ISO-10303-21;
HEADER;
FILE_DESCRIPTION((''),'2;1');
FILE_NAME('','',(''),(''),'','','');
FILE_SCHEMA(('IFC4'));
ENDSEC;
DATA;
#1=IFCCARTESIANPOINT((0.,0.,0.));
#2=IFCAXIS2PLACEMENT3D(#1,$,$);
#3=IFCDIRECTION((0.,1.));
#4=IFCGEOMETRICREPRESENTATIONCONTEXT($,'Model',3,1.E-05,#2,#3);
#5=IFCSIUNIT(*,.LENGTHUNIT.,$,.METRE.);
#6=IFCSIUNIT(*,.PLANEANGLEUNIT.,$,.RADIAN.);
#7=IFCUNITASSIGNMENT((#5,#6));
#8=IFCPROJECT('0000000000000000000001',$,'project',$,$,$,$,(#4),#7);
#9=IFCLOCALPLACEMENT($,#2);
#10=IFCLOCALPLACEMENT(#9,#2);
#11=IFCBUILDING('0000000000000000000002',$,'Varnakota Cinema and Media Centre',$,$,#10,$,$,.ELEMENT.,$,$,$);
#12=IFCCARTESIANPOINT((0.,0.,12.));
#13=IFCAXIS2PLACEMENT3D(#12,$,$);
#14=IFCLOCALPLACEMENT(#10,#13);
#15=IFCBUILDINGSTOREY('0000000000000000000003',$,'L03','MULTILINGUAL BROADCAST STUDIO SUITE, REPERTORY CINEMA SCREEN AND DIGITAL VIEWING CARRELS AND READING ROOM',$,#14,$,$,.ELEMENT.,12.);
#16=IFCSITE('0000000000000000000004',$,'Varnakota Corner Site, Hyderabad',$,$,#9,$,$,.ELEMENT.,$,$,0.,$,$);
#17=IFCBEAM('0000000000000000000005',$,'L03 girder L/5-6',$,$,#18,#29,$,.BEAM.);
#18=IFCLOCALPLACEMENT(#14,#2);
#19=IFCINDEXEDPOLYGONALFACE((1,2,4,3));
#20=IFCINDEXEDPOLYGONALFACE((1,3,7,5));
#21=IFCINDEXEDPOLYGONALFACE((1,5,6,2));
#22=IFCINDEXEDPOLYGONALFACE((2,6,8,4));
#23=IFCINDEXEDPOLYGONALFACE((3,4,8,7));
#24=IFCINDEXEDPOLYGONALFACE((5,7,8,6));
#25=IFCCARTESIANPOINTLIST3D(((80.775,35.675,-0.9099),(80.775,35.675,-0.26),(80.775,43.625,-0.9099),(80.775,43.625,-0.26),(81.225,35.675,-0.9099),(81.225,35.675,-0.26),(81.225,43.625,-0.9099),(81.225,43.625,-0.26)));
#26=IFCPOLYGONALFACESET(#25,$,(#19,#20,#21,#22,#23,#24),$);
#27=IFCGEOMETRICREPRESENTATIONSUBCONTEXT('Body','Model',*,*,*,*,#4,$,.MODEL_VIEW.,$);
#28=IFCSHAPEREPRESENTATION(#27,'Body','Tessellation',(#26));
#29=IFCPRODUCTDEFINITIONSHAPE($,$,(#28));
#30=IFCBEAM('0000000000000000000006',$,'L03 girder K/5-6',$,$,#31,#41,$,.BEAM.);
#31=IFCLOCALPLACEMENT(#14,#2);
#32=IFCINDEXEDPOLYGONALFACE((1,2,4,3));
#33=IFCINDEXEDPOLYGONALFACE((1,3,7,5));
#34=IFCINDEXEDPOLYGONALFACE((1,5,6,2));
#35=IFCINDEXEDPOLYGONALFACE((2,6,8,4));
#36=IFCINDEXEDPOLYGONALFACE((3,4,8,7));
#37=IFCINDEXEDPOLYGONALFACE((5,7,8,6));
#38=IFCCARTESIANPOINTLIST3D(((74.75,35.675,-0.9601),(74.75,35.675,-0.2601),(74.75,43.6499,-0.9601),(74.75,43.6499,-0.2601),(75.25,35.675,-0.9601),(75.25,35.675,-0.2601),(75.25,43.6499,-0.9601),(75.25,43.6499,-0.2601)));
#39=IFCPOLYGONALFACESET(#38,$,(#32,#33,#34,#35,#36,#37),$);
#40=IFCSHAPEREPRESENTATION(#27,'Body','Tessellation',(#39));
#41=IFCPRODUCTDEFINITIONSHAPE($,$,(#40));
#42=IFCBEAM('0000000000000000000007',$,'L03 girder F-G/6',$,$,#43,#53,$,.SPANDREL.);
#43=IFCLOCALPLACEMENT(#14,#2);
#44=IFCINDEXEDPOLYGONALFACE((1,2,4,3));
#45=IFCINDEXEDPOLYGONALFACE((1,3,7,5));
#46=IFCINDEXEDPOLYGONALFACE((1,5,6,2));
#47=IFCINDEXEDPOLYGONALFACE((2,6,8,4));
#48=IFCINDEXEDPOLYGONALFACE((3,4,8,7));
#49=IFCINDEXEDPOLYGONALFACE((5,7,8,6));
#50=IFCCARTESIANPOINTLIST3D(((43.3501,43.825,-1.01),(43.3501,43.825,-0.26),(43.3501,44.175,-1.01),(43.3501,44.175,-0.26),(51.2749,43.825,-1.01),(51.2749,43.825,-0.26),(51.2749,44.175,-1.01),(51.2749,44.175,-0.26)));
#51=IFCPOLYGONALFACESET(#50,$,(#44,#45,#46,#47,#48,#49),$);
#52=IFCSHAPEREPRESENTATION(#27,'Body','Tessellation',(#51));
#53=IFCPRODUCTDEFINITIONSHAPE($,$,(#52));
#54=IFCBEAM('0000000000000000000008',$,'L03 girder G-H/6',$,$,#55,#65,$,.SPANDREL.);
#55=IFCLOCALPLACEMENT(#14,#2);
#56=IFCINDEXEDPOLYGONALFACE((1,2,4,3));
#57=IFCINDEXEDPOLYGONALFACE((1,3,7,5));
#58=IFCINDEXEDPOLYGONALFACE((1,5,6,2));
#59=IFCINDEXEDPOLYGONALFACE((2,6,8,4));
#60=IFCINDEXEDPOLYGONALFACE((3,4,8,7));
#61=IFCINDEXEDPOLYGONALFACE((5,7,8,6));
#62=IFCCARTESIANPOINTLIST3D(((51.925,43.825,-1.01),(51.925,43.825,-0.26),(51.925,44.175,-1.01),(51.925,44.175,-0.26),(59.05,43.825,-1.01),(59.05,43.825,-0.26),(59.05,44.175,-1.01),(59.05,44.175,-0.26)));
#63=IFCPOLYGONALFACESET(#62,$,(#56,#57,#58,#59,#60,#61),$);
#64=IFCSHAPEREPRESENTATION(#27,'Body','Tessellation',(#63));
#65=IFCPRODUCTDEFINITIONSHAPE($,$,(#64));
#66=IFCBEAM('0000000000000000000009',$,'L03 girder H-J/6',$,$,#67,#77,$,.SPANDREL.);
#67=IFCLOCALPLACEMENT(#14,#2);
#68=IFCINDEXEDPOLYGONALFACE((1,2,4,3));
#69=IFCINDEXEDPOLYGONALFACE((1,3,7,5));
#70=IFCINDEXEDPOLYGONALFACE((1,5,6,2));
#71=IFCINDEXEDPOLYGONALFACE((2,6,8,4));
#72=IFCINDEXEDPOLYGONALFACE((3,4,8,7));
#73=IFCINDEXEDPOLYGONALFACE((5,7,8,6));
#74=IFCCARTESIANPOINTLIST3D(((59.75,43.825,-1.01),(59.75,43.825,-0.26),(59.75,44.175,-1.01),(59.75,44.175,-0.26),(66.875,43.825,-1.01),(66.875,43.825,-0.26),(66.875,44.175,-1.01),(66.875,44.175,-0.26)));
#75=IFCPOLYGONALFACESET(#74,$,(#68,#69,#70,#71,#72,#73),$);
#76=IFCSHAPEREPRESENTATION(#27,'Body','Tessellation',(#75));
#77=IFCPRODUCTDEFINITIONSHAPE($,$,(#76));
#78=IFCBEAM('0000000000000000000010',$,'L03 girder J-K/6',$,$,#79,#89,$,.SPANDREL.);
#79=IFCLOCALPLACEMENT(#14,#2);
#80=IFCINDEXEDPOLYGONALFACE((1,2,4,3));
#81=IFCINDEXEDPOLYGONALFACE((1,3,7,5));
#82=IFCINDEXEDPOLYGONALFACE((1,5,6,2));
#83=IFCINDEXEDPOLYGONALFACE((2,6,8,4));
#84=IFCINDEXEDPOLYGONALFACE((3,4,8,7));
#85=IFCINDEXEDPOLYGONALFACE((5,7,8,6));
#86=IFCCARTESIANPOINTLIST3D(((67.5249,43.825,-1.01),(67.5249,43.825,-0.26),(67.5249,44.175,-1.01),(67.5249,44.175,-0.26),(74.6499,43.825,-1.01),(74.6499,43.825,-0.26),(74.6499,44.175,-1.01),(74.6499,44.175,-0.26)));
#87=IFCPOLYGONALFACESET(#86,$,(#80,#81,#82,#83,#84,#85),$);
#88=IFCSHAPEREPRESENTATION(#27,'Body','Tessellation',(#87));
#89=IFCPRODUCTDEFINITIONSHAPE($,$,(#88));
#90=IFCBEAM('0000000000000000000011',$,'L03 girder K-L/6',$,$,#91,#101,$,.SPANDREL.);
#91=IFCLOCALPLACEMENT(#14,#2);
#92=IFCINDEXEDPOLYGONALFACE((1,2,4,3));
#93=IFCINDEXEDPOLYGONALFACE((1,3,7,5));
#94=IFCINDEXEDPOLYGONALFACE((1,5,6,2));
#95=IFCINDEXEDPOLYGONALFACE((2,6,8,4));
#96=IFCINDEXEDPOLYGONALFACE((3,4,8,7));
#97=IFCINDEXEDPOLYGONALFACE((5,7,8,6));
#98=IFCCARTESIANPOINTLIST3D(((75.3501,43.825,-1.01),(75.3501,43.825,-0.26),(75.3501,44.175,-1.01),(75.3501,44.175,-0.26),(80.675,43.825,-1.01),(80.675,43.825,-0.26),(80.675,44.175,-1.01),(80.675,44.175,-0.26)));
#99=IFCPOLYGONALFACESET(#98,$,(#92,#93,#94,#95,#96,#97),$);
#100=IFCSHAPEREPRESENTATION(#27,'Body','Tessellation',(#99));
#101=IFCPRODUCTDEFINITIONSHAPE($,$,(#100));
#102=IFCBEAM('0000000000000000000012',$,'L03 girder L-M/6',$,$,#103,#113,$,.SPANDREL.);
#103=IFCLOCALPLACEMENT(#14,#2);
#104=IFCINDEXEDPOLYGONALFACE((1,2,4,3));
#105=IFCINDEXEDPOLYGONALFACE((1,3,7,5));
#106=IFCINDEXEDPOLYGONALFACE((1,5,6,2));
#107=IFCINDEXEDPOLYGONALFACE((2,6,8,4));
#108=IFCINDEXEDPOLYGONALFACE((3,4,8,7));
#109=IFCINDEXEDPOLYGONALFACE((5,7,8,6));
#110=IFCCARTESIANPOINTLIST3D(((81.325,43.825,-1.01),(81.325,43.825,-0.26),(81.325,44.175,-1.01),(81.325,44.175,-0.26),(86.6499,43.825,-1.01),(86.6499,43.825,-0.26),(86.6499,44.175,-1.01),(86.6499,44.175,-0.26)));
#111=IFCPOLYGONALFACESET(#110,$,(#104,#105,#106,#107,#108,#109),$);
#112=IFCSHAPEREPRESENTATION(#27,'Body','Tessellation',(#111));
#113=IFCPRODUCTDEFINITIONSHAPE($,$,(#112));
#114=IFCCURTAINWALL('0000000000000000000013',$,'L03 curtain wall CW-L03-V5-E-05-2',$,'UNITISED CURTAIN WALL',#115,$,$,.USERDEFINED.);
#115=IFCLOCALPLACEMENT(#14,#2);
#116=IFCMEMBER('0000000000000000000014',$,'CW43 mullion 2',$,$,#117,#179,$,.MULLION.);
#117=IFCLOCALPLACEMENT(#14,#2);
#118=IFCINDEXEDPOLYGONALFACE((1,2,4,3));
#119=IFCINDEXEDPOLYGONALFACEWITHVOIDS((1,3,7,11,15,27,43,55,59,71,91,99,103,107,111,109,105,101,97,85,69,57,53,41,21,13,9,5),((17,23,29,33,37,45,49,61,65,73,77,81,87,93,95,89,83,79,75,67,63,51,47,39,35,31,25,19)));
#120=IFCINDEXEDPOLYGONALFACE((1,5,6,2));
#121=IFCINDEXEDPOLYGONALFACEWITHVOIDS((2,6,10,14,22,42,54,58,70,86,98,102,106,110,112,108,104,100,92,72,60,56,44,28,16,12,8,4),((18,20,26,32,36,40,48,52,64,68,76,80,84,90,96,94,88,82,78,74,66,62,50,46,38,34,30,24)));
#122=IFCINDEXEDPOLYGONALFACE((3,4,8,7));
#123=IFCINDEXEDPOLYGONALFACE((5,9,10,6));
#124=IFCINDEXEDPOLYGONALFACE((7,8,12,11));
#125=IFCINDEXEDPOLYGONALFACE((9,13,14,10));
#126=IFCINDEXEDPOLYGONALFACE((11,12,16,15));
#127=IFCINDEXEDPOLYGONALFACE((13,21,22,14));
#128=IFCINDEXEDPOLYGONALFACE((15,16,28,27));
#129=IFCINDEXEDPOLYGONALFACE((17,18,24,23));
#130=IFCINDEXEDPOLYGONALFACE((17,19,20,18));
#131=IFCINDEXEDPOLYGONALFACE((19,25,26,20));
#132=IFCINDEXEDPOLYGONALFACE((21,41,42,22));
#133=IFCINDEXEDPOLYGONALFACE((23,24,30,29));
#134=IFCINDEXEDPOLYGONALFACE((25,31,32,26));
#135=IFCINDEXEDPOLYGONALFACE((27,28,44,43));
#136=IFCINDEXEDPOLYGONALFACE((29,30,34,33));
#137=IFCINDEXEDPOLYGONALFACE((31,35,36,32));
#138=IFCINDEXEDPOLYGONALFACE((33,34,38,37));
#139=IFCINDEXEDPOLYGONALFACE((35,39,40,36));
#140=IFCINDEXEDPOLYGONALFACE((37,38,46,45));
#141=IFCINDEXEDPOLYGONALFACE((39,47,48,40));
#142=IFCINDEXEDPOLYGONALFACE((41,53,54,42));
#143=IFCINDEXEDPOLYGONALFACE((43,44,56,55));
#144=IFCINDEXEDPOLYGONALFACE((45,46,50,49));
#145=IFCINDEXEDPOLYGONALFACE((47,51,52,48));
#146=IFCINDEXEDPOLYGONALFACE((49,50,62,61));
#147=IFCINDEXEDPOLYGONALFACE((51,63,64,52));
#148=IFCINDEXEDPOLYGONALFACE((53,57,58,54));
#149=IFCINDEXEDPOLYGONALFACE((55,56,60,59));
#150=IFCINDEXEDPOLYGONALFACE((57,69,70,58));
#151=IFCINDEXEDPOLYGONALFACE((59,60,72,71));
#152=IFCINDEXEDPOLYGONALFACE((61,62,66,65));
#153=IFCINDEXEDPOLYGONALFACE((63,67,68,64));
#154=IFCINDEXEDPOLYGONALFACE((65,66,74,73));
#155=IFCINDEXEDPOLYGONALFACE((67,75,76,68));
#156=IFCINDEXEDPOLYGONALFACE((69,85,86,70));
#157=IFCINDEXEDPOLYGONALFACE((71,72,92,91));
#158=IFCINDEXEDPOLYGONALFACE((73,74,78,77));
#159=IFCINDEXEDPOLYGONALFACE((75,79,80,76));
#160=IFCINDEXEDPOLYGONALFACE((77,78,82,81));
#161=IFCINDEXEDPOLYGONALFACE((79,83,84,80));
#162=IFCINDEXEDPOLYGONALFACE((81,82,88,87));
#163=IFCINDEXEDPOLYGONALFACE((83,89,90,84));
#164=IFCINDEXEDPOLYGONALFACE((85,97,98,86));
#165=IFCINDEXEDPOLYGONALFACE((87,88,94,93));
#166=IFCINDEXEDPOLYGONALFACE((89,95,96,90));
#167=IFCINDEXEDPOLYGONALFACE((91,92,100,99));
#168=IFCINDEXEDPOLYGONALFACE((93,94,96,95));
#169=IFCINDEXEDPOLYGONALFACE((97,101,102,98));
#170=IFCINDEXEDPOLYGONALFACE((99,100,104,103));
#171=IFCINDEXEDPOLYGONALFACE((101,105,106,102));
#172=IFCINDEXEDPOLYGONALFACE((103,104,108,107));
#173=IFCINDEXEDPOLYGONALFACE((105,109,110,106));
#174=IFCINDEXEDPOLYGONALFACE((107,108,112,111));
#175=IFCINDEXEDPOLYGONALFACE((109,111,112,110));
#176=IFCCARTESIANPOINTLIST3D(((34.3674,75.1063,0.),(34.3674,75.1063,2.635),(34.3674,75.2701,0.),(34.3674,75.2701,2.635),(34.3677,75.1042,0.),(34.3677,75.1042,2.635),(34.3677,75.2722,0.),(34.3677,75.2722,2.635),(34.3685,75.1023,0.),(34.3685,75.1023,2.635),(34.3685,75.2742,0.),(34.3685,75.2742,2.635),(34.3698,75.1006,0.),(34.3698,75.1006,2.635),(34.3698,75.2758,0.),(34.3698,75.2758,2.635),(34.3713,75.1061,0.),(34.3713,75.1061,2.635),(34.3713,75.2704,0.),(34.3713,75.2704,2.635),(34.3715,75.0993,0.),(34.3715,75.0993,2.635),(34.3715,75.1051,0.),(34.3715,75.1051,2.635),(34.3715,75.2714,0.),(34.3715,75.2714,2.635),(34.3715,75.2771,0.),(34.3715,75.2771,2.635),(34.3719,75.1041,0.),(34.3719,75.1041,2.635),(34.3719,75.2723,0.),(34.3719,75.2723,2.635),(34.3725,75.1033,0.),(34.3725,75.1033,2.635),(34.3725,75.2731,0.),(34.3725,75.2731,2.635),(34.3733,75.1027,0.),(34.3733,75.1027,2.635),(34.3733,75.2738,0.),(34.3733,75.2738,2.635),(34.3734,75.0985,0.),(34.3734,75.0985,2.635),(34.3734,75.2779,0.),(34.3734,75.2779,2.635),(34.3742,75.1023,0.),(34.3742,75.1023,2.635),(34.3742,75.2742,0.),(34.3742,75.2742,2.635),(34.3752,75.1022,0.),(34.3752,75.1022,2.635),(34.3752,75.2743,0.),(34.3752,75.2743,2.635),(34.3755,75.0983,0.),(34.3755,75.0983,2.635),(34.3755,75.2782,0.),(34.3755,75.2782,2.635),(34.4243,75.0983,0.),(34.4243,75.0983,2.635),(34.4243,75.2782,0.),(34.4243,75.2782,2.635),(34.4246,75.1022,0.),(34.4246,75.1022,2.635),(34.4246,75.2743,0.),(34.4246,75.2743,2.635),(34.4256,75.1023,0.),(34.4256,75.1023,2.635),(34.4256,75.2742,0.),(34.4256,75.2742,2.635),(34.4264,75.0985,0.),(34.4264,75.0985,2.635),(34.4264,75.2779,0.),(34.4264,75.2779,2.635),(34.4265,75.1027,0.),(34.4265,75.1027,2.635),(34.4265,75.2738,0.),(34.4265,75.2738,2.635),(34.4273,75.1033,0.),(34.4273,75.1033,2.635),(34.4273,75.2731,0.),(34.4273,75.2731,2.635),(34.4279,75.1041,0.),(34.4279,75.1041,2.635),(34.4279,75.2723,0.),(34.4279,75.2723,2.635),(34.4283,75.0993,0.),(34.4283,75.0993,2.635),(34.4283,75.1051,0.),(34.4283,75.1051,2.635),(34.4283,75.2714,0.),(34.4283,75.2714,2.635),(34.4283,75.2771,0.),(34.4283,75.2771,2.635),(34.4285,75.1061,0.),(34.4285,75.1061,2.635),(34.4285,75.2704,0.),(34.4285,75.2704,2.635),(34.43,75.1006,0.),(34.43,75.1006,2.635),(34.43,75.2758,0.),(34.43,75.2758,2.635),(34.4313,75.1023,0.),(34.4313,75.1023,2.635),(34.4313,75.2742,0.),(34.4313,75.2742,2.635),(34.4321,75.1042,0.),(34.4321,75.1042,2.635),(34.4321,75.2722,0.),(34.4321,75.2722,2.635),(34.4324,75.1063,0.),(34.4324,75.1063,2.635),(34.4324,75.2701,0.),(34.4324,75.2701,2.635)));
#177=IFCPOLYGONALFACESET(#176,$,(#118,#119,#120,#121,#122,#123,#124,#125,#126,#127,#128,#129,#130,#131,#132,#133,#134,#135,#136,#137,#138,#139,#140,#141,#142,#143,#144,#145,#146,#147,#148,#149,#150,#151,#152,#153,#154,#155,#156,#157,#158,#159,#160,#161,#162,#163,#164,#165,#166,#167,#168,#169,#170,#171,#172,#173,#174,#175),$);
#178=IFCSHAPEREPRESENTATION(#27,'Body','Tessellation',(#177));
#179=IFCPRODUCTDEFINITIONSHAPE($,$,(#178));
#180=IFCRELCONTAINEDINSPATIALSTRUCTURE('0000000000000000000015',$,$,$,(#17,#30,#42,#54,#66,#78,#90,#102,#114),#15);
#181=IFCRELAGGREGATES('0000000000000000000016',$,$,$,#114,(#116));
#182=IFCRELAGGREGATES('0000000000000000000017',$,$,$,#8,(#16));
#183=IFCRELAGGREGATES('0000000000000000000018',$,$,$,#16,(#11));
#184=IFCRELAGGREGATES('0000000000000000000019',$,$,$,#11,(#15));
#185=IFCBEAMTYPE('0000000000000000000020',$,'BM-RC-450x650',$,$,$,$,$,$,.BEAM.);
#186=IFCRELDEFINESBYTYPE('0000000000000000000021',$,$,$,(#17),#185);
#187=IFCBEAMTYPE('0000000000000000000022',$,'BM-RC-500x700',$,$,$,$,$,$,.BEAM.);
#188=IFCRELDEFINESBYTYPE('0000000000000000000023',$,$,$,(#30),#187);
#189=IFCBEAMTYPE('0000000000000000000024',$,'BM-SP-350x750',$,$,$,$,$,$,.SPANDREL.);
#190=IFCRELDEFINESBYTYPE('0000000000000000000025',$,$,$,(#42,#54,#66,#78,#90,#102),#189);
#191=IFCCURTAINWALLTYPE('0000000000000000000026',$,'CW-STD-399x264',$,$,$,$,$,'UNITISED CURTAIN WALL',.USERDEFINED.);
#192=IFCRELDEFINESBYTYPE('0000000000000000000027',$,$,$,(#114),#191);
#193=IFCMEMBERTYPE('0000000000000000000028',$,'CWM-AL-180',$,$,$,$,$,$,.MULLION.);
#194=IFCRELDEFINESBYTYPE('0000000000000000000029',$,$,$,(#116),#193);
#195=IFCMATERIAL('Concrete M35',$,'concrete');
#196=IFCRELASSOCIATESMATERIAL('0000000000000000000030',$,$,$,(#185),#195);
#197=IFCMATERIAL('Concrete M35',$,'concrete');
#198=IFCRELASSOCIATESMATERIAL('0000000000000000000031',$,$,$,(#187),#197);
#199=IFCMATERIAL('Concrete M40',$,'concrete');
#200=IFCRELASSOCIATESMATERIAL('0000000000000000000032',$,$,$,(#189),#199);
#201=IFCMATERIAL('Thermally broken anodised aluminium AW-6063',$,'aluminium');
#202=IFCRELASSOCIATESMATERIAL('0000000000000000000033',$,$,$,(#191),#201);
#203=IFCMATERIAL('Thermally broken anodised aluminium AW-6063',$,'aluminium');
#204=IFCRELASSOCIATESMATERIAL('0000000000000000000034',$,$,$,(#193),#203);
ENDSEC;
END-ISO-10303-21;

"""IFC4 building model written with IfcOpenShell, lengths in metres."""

from ifc_helpers import new_model, si_unit, direction, frame, origin, origin_2d, place, context, subcontext, project, spatial, rectangle, hollow_rectangle, extrude, material, material_profile, profile_set, type_object, element, aggregate, save


model = new_model("IFC4")

# Units and contexts
model_context = context("Model", 3, precision=1e-05, world=origin(), true_north=direction((0.0, 1.0)))
body_context = subcontext(model_context, "Body", "Model", "MODEL_VIEW")
ifc_project = project(units=[si_unit("LENGTHUNIT", "METRE"), si_unit("PLANEANGLEUNIT", "RADIAN")], contexts=[model_context])

# Site, building, storey
site_placement = place(None, origin())
site = spatial("IfcSite", under=ifc_project, at=site_placement, Name="Varnakota Corner Site, Hyderabad", CompositionType="ELEMENT", RefElevation=0.0)
building_placement = place(site_placement, origin())
building = spatial("IfcBuilding", under=site, at=building_placement, Name="Varnakota Cinema and Media Centre", CompositionType="ELEMENT")
storey_placement = place(building_placement, frame((0.0, 0.0, 12.0)))
storey = spatial("IfcBuildingStorey", under=building, at=storey_placement, Name="L03", Description="MULTILINGUAL BROADCAST STUDIO SUITE, REPERTORY CINEMA SCREEN AND DIGITAL VIEWING CARRELS AND READING ROOM", CompositionType="ELEMENT", Elevation=12.0)

# Beams
ifc_material_1 = material(Name="Concrete M35", Category="concrete")
ifc_material_profile_1 = material_profile(ifc_material_1, rectangle(XDim=0.45, YDim=0.6499, at=origin_2d()), Name="RCB 450x650")
ifc_profile_set_1 = profile_set([ifc_material_profile_1], Name="Concrete M35")
beam_type_1 = type_object("IfcBeamType", Name="BM-RC-450x650", PredefinedType="BEAM", material=ifc_profile_set_1)
beam_1_placement = place(storey_placement, frame((81.0, 35.675, -0.585), z_axis=(0.0, 1.0, 0.0), x_axis=(-1.0, 0.0, 0.0)))
element("IfcBeam", 1, at=beam_1_placement, inside=storey, type_object=beam_type_1, Name="L03 girder L/5-6", PredefinedType="BEAM", context=body_context, shape_type="SweptSolid", body=[
    extrude(rectangle(XDim=0.45, YDim=0.6499, at=origin_2d()), origin(), (0.0, 0.0, 1.0), 7.95),
])
ifc_material_2 = material(Name="Concrete M35", Category="concrete")
ifc_material_profile_2 = material_profile(ifc_material_2, rectangle(XDim=0.5, YDim=0.7, at=origin_2d()), Name="RCB 500x700")
ifc_profile_set_2 = profile_set([ifc_material_profile_2], Name="Concrete M35")
beam_type_2 = type_object("IfcBeamType", Name="BM-RC-500x700", PredefinedType="BEAM", material=ifc_profile_set_2)
beam_2_placement = place(storey_placement, frame((75.0, 35.675, -0.6101), z_axis=(0.0, 1.0, 0.0), x_axis=(-1.0, 0.0, 0.0)))
element("IfcBeam", 2, at=beam_2_placement, inside=storey, type_object=beam_type_2, Name="L03 girder K/5-6", PredefinedType="BEAM", context=body_context, shape_type="SweptSolid", body=[
    extrude(rectangle(XDim=0.5, YDim=0.7, at=origin_2d()), origin(), (0.0, 0.0, 1.0), 7.9749),
])
ifc_material_3 = material(Name="Concrete M40", Category="concrete")
ifc_material_profile_3 = material_profile(ifc_material_3, rectangle(XDim=0.3501, YDim=0.75, at=origin_2d()), Name="RCB 350x750")
ifc_profile_set_3 = profile_set([ifc_material_profile_3], Name="Concrete M40")
beam_type_3 = type_object("IfcBeamType", Name="BM-SP-350x750", PredefinedType="SPANDREL", material=ifc_profile_set_3)
beam_3_placement = place(storey_placement, frame((43.3501, 44.0, -0.635), z_axis=(1.0, 0.0, 0.0), x_axis=(0.0, 1.0, 0.0)))
element("IfcBeam", 3, at=beam_3_placement, inside=storey, type_object=beam_type_3, Name="L03 girder F-G/6", PredefinedType="SPANDREL", context=body_context, shape_type="SweptSolid", body=[
    extrude(rectangle(XDim=0.3501, YDim=0.75, at=origin_2d()), origin(), (0.0, 0.0, 1.0), 7.9248),
])
for number, where, z_axis, x_axis, name in (
    (4, (51.925, 44.0, -0.635), (1.0, 0.0, 0.0), (0.0, 1.0, 0.0), "L03 girder G-H/6"),
    (5, (59.75, 44.0, -0.635), (1.0, 0.0, 0.0), (0.0, 1.0, 0.0), "L03 girder H-J/6"),
    (6, (67.5249, 44.0, -0.635), (1.0, 0.0, 0.0), (0.0, 1.0, 0.0), "L03 girder J-K/6"),
):
    element("IfcBeam", number, at=place(storey_placement, frame(where, z_axis=z_axis, x_axis=x_axis)), inside=storey, type_object=beam_type_3, Name=name, PredefinedType="SPANDREL", context=body_context, shape_type="SweptSolid", body=[
        extrude(rectangle(XDim=0.3501, YDim=0.75, at=origin_2d()), origin(), (0.0, 0.0, 1.0), 7.125),
    ])
for number, where, z_axis, x_axis, name in (
    (7, (75.3501, 44.0, -0.635), (1.0, 0.0, 0.0), (0.0, 1.0, 0.0), "L03 girder K-L/6"),
    (8, (81.325, 44.0, -0.635), (1.0, 0.0, 0.0), (0.0, 1.0, 0.0), "L03 girder L-M/6"),
):
    element("IfcBeam", number, at=place(storey_placement, frame(where, z_axis=z_axis, x_axis=x_axis)), inside=storey, type_object=beam_type_3, Name=name, PredefinedType="SPANDREL", context=body_context, shape_type="SweptSolid", body=[
        extrude(rectangle(XDim=0.3501, YDim=0.75, at=origin_2d()), origin(), (0.0, 0.0, 1.0), 5.325),
    ])

# Curtain wall, member
ifc_material_4 = material(Name="Thermally broken anodised aluminium AW-6063", Category="aluminium")
curtain_wall_type = type_object("IfcCurtainWallType", Name="CW-STD-399x264", ElementType="UNITISED CURTAIN WALL", PredefinedType="USERDEFINED", material=ifc_material_4)
curtain_wall_placement = place(storey_placement, origin())
curtain_wall = element("IfcCurtainWall", 9, at=curtain_wall_placement, inside=storey, type_object=curtain_wall_type, Name="L03 curtain wall CW-L03-V5-E-05-2", ObjectType="UNITISED CURTAIN WALL", PredefinedType="USERDEFINED")
ifc_material_5 = material(Name="Thermally broken anodised aluminium AW-6063", Category="aluminium")
ifc_material_profile_4 = material_profile(ifc_material_5, hollow_rectangle(XDim=0.0649, YDim=0.1799, WallThickness=0.0039, InnerFilletRadius=0.0039, OuterFilletRadius=0.0081, at=origin_2d()), Name="AL-MULLION 180x65x4")
ifc_profile_set_4 = profile_set([ifc_material_profile_4], Name="Thermally broken anodised aluminium AW-6063")
member_type_1 = type_object("IfcMemberType", Name="CWM-AL-180", PredefinedType="MULLION", material=ifc_profile_set_4)
member_1_placement = place(storey_placement, frame((34.3999, 75.1882, 0.0), z_axis=(0.0, 0.0, 1.0), x_axis=(-1.0, 0.0, 0.0)))
member_1 = element("IfcMember", 10, at=member_1_placement, type_object=member_type_1, Name="CW43 mullion 2", PredefinedType="MULLION", context=body_context, shape_type="SweptSolid", body=[
    extrude(hollow_rectangle(XDim=0.0649, YDim=0.1799, WallThickness=0.0039, InnerFilletRadius=0.0039, OuterFilletRadius=0.0081, at=origin_2d()), origin(), (0.0, 0.0, 1.0), 2.635),
])
aggregate(curtain_wall, [member_1])

save(model, "model.ifc")
